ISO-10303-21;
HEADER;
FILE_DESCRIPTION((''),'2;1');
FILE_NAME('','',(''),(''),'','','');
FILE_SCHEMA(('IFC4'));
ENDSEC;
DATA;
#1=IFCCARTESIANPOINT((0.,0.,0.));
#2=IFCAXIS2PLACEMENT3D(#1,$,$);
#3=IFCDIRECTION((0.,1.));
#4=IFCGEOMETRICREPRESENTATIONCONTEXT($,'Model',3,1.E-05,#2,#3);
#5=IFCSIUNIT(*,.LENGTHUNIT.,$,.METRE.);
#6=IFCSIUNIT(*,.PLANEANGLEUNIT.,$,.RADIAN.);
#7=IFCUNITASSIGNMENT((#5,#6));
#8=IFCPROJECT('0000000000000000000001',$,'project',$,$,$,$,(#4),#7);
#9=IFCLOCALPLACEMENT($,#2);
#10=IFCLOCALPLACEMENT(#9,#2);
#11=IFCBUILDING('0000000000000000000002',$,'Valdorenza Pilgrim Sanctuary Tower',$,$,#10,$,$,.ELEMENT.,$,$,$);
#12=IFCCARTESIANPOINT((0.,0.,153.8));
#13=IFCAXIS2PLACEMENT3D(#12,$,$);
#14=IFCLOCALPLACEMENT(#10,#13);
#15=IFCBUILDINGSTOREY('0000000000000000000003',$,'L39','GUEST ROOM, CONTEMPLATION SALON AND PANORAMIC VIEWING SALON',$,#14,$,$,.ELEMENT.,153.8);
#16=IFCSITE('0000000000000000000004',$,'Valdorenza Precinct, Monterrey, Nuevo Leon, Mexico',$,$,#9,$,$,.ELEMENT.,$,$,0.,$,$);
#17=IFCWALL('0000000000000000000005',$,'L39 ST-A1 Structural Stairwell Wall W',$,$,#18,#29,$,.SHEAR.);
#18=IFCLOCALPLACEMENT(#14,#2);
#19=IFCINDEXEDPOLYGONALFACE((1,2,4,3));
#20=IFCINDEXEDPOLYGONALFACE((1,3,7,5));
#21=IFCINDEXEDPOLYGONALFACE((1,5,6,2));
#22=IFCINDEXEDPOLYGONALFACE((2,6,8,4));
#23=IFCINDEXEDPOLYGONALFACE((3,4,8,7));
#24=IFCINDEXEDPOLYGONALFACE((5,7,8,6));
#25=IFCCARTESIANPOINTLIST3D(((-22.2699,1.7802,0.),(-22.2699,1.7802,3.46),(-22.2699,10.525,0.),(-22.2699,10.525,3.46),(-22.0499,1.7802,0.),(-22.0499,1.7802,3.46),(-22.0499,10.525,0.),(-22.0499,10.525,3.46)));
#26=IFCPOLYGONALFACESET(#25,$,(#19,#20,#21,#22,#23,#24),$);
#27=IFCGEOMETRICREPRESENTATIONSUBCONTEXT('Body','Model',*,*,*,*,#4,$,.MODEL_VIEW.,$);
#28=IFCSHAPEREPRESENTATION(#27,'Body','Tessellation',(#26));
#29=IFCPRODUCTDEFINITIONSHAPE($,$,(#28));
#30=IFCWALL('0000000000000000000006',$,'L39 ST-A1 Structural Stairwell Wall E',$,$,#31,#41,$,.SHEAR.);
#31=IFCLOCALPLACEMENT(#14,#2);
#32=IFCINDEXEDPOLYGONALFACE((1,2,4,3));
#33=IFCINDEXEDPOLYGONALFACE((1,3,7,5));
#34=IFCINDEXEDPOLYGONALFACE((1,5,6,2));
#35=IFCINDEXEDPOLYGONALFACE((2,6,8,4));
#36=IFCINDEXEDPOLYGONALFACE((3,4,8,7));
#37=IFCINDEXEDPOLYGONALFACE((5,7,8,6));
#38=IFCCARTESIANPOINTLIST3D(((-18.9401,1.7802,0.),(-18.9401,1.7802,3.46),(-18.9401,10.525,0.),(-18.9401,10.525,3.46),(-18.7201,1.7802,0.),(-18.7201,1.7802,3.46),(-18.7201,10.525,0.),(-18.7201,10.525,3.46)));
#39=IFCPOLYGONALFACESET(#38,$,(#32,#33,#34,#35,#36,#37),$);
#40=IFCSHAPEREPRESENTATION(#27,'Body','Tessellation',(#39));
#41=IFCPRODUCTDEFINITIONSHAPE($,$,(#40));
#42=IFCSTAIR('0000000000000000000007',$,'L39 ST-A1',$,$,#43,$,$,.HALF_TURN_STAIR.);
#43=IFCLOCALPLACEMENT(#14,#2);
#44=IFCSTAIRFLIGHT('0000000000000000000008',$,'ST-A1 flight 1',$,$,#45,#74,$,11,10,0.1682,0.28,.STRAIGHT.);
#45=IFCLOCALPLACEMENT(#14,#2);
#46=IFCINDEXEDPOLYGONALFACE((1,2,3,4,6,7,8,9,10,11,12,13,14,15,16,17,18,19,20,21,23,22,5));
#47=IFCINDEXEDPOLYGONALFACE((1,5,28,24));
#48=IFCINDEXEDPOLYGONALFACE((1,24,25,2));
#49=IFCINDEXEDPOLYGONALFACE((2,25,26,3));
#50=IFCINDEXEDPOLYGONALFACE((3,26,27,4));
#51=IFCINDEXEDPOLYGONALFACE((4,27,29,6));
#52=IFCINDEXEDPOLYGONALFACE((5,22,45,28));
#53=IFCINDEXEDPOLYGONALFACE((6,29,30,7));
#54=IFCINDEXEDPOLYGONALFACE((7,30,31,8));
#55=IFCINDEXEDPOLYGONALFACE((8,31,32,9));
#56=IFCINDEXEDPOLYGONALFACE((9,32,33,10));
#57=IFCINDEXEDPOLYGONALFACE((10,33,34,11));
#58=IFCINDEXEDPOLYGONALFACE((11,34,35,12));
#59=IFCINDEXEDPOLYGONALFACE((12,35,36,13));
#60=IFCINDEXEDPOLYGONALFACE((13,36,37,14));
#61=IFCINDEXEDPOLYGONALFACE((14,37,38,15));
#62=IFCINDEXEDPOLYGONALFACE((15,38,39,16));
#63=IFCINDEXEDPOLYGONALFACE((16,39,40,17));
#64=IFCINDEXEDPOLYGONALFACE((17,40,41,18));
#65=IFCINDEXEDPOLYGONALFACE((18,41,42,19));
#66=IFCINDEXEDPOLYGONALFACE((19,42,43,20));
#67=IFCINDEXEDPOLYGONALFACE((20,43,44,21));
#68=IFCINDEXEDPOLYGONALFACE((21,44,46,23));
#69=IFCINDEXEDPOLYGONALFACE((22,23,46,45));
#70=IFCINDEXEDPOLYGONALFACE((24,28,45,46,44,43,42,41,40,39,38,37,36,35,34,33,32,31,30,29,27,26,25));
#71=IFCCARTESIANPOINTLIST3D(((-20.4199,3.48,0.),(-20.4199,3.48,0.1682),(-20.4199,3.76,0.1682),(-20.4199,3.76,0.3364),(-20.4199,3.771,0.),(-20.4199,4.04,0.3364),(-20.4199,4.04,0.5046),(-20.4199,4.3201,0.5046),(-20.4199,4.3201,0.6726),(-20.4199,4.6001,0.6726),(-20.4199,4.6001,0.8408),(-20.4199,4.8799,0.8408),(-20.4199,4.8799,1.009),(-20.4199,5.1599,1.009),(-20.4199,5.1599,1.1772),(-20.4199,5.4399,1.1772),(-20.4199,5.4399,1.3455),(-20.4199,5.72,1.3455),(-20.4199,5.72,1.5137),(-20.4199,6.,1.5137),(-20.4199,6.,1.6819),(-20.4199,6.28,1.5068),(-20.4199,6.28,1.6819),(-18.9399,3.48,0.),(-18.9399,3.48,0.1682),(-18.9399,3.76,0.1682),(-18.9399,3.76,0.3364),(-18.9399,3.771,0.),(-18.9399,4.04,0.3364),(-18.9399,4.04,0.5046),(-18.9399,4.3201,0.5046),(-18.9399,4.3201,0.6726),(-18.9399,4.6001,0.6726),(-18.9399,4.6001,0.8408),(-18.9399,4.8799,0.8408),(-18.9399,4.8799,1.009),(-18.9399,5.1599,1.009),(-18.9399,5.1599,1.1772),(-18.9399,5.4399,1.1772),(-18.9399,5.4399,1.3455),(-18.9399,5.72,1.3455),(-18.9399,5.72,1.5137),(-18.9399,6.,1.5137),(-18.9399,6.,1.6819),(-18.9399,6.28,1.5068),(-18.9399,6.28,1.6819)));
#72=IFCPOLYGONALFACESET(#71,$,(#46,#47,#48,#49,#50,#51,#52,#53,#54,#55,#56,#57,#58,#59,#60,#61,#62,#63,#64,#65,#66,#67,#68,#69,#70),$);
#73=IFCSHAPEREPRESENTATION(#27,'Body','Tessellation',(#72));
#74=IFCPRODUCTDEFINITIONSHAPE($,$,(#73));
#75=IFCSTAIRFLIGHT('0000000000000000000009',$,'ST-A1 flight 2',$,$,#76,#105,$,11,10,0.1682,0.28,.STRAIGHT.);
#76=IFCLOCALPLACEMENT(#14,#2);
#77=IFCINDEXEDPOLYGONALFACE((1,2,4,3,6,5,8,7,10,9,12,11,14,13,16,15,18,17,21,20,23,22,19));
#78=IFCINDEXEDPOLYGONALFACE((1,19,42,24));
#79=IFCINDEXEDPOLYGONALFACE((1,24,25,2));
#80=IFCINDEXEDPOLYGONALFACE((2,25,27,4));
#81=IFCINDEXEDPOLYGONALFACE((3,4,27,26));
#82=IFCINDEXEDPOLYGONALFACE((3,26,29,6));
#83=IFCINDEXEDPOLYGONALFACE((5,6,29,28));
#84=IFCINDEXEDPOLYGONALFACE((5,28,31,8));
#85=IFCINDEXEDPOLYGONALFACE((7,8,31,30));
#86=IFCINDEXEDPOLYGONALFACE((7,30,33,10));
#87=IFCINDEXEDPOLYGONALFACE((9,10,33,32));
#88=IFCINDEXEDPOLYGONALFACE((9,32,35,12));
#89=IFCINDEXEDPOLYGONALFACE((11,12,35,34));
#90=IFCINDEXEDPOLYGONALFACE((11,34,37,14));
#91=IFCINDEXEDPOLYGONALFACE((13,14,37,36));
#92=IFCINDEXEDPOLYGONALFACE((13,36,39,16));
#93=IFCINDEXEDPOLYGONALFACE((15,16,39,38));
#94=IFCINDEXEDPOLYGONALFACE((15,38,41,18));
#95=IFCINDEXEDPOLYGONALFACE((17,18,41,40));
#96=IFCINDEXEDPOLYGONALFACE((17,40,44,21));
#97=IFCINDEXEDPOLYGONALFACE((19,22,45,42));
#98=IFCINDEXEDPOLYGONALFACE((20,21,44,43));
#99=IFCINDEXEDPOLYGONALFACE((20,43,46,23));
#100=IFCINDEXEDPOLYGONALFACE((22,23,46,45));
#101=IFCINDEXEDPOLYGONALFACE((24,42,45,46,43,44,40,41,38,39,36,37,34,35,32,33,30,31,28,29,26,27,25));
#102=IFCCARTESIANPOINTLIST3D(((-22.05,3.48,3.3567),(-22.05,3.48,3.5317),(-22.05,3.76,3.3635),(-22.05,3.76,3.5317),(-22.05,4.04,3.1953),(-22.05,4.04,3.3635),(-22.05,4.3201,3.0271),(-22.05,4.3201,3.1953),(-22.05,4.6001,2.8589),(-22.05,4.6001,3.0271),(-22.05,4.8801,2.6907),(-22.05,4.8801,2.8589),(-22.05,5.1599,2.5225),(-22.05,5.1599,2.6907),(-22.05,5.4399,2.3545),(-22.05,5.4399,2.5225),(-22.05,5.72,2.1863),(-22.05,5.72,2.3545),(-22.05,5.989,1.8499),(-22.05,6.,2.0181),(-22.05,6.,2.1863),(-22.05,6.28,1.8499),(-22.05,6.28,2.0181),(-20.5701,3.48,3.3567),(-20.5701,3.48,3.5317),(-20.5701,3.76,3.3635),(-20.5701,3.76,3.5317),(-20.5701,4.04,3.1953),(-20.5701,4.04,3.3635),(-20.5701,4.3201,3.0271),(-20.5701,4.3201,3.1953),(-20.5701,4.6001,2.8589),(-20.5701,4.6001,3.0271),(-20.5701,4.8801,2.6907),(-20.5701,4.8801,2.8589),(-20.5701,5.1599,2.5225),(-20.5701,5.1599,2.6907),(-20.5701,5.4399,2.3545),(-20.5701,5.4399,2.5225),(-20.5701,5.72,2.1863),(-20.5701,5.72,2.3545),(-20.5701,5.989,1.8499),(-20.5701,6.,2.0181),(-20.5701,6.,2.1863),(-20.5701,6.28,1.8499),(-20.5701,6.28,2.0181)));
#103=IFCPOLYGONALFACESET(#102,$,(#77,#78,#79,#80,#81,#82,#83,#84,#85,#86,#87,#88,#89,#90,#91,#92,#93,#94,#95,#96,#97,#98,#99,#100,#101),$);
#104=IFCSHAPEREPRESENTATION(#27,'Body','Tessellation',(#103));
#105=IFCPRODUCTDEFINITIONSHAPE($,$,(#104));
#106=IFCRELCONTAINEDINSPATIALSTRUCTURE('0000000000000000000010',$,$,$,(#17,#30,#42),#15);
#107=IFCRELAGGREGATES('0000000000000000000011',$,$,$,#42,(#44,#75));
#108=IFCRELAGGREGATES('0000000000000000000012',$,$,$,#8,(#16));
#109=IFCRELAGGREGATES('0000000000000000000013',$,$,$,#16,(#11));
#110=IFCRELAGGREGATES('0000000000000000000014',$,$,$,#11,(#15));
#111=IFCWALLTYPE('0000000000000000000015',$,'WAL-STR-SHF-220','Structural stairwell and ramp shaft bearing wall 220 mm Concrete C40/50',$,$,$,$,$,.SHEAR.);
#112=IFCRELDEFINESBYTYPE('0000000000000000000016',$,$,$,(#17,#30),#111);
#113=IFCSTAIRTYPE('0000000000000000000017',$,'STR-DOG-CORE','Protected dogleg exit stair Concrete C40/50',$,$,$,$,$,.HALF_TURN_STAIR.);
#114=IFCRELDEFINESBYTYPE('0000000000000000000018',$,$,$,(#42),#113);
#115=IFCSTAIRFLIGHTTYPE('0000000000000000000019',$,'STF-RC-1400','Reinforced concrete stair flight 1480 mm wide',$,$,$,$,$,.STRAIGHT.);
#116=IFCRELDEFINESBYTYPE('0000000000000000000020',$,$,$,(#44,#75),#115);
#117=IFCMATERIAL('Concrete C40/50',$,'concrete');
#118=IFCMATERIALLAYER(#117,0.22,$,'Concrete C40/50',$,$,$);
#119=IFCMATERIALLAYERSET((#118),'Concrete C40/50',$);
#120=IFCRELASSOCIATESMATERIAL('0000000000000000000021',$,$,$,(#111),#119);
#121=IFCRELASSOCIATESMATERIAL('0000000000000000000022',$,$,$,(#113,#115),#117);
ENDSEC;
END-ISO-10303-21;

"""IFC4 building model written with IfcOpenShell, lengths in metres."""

from ifc_helpers import new_model, si_unit, direction, frame, frame_2d, origin, place, context, subcontext, project, spatial, polyline, rectangle, outline, extrude, material, layer, layer_set, type_object, element, aggregate, save


model = new_model("IFC4")

# Units and contexts
model_context = context("Model", 3, precision=1e-05, world=origin(), true_north=direction((0.0, 1.0)))
body_context = subcontext(model_context, "Body", "Model", "MODEL_VIEW")
ifc_project = project(units=[si_unit("LENGTHUNIT", "METRE"), si_unit("PLANEANGLEUNIT", "RADIAN")], contexts=[model_context])

# Site, building, storey
site_placement = place(None, origin())
site = spatial("IfcSite", under=ifc_project, at=site_placement, Name="Valdorenza Precinct, Monterrey, Nuevo Leon, Mexico", CompositionType="ELEMENT", RefElevation=0.0)
building_placement = place(site_placement, origin())
building = spatial("IfcBuilding", under=site, at=building_placement, Name="Valdorenza Pilgrim Sanctuary Tower", CompositionType="ELEMENT")
storey_placement = place(building_placement, frame((0.0, 0.0, 153.8)))
storey = spatial("IfcBuildingStorey", under=building, at=storey_placement, Name="L39", Description="GUEST ROOM, CONTEMPLATION SALON AND PANORAMIC VIEWING SALON", CompositionType="ELEMENT", Elevation=153.8)

# Walls
ifc_material_1 = material(Name="Concrete C40/50", Category="concrete")
ifc_layer_1 = layer(ifc_material_1, 0.22, Name="Concrete C40/50")
ifc_layer_set_1 = layer_set([ifc_layer_1], Name="Concrete C40/50")
wall_type_1 = type_object("IfcWallType", Name="WAL-STR-SHF-220", Description="Structural stairwell and ramp shaft bearing wall 220 mm Concrete C40/50", PredefinedType="SHEAR", material=ifc_layer_set_1)
for number, where, z_axis, x_axis, name in (
    (1, (-22.1599, 1.78, 0.0), (0.0, 0.0, 1.0), (0.0, 1.0, 0.0), "L39 ST-A1 Structural Stairwell Wall W"),
    (2, (-18.8301, 1.78, 0.0), (0.0, 0.0, 1.0), (0.0, 1.0, 0.0), "L39 ST-A1 Structural Stairwell Wall E"),
):
    element("IfcWall", number, at=place(storey_placement, frame(where, z_axis=z_axis, x_axis=x_axis)), inside=storey, type_object=wall_type_1, Name=name, PredefinedType="SHEAR", context=body_context, shape_type="SweptSolid", body=[
        extrude(rectangle(XDim=8.7449, YDim=0.22, at=frame_2d((4.3726, 0.0))), origin(), (0.0, 0.0, 1.0), 3.46),
    ])

# Stair, stair flights
stair_type = type_object("IfcStairType", Name="STR-DOG-CORE", Description="Protected dogleg exit stair Concrete C40/50", PredefinedType="HALF_TURN_STAIR", material=ifc_material_1)
stair_placement = place(storey_placement, origin())
stair = element("IfcStair", 3, at=stair_placement, inside=storey, type_object=stair_type, Name="L39 ST-A1", PredefinedType="HALF_TURN_STAIR")
stair_flight_type = type_object("IfcStairFlightType", Name="STF-RC-1400", Description="Reinforced concrete stair flight 1480 mm wide", PredefinedType="STRAIGHT", material=ifc_material_1)
stair_flight_1_placement = place(storey_placement, frame((-19.6799, 3.48, 0.0), z_axis=(0.0, 0.0, 1.0), x_axis=(0.0, 1.0, 0.0)))
stair_flight_1 = element("IfcStairFlight", 4, at=stair_flight_1_placement, type_object=stair_flight_type, Name="ST-A1 flight 1", NumberOfRisers=11, NumberOfTreads=10, PredefinedType="STRAIGHT", RiserHeight=0.1682, TreadLength=0.28, context=body_context, shape_type="SweptSolid", body=[
    extrude(outline(polyline([(0.0, 0.0), (0.0, 0.1682), (0.28, 0.1682), (0.28, 0.3364), (0.5601, 0.3364), (0.5601, 0.5046), (0.8401, 0.5046), (0.8401, 0.6726), (1.1201, 0.6726), (1.1201, 0.8408), (1.3999, 0.8408), (1.3999, 1.009), (1.6799, 1.009), (1.6799, 1.1772), (1.96, 1.1772), (1.96, 1.3455), (2.24, 1.3455), (2.24, 1.5137), (2.52, 1.5137), (2.52, 1.6819), (2.8, 1.6819), (2.8, 1.8501), (2.8, 1.5068), (0.291, 0.0), (0.0, 0.0)])), frame((0.0, 0.74, 0.0), z_axis=(0.0, -1.0, 0.0), x_axis=(1.0, 0.0, 0.0)), (0.0, 0.0, 1.0), 1.48),
])
stair_flight_2_placement = place(storey_placement, frame((-21.3101, 6.28, 1.8499), z_axis=(0.0, 0.0, 1.0), x_axis=(0.0, -1.0, 0.0)))
stair_flight_2 = element("IfcStairFlight", 5, at=stair_flight_2_placement, type_object=stair_flight_type, Name="ST-A1 flight 2", NumberOfRisers=11, NumberOfTreads=10, PredefinedType="STRAIGHT", RiserHeight=0.1682, TreadLength=0.28, context=body_context, shape_type="SweptSolid", body=[
    extrude(outline(polyline([(0.0, 0.0), (0.0, 0.1682), (0.28, 0.1682), (0.28, 0.3364), (0.5601, 0.3364), (0.5601, 0.5046), (0.8401, 0.5046), (0.8401, 0.6726), (1.1201, 0.6726), (1.1201, 0.8408), (1.3999, 0.8408), (1.3999, 1.009), (1.6799, 1.009), (1.6799, 1.1772), (1.96, 1.1772), (1.96, 1.3455), (2.24, 1.3455), (2.24, 1.5137), (2.52, 1.5137), (2.52, 1.6819), (2.8, 1.6819), (2.8, 1.8501), (2.8, 1.5068), (0.291, 0.0), (0.0, 0.0)])), frame((0.0, 0.74, 0.0), z_axis=(0.0, -1.0, 0.0), x_axis=(1.0, 0.0, 0.0)), (0.0, 0.0, 1.0), 1.48),
])
aggregate(stair, [stair_flight_1, stair_flight_2])

save(model, "model.ifc")
